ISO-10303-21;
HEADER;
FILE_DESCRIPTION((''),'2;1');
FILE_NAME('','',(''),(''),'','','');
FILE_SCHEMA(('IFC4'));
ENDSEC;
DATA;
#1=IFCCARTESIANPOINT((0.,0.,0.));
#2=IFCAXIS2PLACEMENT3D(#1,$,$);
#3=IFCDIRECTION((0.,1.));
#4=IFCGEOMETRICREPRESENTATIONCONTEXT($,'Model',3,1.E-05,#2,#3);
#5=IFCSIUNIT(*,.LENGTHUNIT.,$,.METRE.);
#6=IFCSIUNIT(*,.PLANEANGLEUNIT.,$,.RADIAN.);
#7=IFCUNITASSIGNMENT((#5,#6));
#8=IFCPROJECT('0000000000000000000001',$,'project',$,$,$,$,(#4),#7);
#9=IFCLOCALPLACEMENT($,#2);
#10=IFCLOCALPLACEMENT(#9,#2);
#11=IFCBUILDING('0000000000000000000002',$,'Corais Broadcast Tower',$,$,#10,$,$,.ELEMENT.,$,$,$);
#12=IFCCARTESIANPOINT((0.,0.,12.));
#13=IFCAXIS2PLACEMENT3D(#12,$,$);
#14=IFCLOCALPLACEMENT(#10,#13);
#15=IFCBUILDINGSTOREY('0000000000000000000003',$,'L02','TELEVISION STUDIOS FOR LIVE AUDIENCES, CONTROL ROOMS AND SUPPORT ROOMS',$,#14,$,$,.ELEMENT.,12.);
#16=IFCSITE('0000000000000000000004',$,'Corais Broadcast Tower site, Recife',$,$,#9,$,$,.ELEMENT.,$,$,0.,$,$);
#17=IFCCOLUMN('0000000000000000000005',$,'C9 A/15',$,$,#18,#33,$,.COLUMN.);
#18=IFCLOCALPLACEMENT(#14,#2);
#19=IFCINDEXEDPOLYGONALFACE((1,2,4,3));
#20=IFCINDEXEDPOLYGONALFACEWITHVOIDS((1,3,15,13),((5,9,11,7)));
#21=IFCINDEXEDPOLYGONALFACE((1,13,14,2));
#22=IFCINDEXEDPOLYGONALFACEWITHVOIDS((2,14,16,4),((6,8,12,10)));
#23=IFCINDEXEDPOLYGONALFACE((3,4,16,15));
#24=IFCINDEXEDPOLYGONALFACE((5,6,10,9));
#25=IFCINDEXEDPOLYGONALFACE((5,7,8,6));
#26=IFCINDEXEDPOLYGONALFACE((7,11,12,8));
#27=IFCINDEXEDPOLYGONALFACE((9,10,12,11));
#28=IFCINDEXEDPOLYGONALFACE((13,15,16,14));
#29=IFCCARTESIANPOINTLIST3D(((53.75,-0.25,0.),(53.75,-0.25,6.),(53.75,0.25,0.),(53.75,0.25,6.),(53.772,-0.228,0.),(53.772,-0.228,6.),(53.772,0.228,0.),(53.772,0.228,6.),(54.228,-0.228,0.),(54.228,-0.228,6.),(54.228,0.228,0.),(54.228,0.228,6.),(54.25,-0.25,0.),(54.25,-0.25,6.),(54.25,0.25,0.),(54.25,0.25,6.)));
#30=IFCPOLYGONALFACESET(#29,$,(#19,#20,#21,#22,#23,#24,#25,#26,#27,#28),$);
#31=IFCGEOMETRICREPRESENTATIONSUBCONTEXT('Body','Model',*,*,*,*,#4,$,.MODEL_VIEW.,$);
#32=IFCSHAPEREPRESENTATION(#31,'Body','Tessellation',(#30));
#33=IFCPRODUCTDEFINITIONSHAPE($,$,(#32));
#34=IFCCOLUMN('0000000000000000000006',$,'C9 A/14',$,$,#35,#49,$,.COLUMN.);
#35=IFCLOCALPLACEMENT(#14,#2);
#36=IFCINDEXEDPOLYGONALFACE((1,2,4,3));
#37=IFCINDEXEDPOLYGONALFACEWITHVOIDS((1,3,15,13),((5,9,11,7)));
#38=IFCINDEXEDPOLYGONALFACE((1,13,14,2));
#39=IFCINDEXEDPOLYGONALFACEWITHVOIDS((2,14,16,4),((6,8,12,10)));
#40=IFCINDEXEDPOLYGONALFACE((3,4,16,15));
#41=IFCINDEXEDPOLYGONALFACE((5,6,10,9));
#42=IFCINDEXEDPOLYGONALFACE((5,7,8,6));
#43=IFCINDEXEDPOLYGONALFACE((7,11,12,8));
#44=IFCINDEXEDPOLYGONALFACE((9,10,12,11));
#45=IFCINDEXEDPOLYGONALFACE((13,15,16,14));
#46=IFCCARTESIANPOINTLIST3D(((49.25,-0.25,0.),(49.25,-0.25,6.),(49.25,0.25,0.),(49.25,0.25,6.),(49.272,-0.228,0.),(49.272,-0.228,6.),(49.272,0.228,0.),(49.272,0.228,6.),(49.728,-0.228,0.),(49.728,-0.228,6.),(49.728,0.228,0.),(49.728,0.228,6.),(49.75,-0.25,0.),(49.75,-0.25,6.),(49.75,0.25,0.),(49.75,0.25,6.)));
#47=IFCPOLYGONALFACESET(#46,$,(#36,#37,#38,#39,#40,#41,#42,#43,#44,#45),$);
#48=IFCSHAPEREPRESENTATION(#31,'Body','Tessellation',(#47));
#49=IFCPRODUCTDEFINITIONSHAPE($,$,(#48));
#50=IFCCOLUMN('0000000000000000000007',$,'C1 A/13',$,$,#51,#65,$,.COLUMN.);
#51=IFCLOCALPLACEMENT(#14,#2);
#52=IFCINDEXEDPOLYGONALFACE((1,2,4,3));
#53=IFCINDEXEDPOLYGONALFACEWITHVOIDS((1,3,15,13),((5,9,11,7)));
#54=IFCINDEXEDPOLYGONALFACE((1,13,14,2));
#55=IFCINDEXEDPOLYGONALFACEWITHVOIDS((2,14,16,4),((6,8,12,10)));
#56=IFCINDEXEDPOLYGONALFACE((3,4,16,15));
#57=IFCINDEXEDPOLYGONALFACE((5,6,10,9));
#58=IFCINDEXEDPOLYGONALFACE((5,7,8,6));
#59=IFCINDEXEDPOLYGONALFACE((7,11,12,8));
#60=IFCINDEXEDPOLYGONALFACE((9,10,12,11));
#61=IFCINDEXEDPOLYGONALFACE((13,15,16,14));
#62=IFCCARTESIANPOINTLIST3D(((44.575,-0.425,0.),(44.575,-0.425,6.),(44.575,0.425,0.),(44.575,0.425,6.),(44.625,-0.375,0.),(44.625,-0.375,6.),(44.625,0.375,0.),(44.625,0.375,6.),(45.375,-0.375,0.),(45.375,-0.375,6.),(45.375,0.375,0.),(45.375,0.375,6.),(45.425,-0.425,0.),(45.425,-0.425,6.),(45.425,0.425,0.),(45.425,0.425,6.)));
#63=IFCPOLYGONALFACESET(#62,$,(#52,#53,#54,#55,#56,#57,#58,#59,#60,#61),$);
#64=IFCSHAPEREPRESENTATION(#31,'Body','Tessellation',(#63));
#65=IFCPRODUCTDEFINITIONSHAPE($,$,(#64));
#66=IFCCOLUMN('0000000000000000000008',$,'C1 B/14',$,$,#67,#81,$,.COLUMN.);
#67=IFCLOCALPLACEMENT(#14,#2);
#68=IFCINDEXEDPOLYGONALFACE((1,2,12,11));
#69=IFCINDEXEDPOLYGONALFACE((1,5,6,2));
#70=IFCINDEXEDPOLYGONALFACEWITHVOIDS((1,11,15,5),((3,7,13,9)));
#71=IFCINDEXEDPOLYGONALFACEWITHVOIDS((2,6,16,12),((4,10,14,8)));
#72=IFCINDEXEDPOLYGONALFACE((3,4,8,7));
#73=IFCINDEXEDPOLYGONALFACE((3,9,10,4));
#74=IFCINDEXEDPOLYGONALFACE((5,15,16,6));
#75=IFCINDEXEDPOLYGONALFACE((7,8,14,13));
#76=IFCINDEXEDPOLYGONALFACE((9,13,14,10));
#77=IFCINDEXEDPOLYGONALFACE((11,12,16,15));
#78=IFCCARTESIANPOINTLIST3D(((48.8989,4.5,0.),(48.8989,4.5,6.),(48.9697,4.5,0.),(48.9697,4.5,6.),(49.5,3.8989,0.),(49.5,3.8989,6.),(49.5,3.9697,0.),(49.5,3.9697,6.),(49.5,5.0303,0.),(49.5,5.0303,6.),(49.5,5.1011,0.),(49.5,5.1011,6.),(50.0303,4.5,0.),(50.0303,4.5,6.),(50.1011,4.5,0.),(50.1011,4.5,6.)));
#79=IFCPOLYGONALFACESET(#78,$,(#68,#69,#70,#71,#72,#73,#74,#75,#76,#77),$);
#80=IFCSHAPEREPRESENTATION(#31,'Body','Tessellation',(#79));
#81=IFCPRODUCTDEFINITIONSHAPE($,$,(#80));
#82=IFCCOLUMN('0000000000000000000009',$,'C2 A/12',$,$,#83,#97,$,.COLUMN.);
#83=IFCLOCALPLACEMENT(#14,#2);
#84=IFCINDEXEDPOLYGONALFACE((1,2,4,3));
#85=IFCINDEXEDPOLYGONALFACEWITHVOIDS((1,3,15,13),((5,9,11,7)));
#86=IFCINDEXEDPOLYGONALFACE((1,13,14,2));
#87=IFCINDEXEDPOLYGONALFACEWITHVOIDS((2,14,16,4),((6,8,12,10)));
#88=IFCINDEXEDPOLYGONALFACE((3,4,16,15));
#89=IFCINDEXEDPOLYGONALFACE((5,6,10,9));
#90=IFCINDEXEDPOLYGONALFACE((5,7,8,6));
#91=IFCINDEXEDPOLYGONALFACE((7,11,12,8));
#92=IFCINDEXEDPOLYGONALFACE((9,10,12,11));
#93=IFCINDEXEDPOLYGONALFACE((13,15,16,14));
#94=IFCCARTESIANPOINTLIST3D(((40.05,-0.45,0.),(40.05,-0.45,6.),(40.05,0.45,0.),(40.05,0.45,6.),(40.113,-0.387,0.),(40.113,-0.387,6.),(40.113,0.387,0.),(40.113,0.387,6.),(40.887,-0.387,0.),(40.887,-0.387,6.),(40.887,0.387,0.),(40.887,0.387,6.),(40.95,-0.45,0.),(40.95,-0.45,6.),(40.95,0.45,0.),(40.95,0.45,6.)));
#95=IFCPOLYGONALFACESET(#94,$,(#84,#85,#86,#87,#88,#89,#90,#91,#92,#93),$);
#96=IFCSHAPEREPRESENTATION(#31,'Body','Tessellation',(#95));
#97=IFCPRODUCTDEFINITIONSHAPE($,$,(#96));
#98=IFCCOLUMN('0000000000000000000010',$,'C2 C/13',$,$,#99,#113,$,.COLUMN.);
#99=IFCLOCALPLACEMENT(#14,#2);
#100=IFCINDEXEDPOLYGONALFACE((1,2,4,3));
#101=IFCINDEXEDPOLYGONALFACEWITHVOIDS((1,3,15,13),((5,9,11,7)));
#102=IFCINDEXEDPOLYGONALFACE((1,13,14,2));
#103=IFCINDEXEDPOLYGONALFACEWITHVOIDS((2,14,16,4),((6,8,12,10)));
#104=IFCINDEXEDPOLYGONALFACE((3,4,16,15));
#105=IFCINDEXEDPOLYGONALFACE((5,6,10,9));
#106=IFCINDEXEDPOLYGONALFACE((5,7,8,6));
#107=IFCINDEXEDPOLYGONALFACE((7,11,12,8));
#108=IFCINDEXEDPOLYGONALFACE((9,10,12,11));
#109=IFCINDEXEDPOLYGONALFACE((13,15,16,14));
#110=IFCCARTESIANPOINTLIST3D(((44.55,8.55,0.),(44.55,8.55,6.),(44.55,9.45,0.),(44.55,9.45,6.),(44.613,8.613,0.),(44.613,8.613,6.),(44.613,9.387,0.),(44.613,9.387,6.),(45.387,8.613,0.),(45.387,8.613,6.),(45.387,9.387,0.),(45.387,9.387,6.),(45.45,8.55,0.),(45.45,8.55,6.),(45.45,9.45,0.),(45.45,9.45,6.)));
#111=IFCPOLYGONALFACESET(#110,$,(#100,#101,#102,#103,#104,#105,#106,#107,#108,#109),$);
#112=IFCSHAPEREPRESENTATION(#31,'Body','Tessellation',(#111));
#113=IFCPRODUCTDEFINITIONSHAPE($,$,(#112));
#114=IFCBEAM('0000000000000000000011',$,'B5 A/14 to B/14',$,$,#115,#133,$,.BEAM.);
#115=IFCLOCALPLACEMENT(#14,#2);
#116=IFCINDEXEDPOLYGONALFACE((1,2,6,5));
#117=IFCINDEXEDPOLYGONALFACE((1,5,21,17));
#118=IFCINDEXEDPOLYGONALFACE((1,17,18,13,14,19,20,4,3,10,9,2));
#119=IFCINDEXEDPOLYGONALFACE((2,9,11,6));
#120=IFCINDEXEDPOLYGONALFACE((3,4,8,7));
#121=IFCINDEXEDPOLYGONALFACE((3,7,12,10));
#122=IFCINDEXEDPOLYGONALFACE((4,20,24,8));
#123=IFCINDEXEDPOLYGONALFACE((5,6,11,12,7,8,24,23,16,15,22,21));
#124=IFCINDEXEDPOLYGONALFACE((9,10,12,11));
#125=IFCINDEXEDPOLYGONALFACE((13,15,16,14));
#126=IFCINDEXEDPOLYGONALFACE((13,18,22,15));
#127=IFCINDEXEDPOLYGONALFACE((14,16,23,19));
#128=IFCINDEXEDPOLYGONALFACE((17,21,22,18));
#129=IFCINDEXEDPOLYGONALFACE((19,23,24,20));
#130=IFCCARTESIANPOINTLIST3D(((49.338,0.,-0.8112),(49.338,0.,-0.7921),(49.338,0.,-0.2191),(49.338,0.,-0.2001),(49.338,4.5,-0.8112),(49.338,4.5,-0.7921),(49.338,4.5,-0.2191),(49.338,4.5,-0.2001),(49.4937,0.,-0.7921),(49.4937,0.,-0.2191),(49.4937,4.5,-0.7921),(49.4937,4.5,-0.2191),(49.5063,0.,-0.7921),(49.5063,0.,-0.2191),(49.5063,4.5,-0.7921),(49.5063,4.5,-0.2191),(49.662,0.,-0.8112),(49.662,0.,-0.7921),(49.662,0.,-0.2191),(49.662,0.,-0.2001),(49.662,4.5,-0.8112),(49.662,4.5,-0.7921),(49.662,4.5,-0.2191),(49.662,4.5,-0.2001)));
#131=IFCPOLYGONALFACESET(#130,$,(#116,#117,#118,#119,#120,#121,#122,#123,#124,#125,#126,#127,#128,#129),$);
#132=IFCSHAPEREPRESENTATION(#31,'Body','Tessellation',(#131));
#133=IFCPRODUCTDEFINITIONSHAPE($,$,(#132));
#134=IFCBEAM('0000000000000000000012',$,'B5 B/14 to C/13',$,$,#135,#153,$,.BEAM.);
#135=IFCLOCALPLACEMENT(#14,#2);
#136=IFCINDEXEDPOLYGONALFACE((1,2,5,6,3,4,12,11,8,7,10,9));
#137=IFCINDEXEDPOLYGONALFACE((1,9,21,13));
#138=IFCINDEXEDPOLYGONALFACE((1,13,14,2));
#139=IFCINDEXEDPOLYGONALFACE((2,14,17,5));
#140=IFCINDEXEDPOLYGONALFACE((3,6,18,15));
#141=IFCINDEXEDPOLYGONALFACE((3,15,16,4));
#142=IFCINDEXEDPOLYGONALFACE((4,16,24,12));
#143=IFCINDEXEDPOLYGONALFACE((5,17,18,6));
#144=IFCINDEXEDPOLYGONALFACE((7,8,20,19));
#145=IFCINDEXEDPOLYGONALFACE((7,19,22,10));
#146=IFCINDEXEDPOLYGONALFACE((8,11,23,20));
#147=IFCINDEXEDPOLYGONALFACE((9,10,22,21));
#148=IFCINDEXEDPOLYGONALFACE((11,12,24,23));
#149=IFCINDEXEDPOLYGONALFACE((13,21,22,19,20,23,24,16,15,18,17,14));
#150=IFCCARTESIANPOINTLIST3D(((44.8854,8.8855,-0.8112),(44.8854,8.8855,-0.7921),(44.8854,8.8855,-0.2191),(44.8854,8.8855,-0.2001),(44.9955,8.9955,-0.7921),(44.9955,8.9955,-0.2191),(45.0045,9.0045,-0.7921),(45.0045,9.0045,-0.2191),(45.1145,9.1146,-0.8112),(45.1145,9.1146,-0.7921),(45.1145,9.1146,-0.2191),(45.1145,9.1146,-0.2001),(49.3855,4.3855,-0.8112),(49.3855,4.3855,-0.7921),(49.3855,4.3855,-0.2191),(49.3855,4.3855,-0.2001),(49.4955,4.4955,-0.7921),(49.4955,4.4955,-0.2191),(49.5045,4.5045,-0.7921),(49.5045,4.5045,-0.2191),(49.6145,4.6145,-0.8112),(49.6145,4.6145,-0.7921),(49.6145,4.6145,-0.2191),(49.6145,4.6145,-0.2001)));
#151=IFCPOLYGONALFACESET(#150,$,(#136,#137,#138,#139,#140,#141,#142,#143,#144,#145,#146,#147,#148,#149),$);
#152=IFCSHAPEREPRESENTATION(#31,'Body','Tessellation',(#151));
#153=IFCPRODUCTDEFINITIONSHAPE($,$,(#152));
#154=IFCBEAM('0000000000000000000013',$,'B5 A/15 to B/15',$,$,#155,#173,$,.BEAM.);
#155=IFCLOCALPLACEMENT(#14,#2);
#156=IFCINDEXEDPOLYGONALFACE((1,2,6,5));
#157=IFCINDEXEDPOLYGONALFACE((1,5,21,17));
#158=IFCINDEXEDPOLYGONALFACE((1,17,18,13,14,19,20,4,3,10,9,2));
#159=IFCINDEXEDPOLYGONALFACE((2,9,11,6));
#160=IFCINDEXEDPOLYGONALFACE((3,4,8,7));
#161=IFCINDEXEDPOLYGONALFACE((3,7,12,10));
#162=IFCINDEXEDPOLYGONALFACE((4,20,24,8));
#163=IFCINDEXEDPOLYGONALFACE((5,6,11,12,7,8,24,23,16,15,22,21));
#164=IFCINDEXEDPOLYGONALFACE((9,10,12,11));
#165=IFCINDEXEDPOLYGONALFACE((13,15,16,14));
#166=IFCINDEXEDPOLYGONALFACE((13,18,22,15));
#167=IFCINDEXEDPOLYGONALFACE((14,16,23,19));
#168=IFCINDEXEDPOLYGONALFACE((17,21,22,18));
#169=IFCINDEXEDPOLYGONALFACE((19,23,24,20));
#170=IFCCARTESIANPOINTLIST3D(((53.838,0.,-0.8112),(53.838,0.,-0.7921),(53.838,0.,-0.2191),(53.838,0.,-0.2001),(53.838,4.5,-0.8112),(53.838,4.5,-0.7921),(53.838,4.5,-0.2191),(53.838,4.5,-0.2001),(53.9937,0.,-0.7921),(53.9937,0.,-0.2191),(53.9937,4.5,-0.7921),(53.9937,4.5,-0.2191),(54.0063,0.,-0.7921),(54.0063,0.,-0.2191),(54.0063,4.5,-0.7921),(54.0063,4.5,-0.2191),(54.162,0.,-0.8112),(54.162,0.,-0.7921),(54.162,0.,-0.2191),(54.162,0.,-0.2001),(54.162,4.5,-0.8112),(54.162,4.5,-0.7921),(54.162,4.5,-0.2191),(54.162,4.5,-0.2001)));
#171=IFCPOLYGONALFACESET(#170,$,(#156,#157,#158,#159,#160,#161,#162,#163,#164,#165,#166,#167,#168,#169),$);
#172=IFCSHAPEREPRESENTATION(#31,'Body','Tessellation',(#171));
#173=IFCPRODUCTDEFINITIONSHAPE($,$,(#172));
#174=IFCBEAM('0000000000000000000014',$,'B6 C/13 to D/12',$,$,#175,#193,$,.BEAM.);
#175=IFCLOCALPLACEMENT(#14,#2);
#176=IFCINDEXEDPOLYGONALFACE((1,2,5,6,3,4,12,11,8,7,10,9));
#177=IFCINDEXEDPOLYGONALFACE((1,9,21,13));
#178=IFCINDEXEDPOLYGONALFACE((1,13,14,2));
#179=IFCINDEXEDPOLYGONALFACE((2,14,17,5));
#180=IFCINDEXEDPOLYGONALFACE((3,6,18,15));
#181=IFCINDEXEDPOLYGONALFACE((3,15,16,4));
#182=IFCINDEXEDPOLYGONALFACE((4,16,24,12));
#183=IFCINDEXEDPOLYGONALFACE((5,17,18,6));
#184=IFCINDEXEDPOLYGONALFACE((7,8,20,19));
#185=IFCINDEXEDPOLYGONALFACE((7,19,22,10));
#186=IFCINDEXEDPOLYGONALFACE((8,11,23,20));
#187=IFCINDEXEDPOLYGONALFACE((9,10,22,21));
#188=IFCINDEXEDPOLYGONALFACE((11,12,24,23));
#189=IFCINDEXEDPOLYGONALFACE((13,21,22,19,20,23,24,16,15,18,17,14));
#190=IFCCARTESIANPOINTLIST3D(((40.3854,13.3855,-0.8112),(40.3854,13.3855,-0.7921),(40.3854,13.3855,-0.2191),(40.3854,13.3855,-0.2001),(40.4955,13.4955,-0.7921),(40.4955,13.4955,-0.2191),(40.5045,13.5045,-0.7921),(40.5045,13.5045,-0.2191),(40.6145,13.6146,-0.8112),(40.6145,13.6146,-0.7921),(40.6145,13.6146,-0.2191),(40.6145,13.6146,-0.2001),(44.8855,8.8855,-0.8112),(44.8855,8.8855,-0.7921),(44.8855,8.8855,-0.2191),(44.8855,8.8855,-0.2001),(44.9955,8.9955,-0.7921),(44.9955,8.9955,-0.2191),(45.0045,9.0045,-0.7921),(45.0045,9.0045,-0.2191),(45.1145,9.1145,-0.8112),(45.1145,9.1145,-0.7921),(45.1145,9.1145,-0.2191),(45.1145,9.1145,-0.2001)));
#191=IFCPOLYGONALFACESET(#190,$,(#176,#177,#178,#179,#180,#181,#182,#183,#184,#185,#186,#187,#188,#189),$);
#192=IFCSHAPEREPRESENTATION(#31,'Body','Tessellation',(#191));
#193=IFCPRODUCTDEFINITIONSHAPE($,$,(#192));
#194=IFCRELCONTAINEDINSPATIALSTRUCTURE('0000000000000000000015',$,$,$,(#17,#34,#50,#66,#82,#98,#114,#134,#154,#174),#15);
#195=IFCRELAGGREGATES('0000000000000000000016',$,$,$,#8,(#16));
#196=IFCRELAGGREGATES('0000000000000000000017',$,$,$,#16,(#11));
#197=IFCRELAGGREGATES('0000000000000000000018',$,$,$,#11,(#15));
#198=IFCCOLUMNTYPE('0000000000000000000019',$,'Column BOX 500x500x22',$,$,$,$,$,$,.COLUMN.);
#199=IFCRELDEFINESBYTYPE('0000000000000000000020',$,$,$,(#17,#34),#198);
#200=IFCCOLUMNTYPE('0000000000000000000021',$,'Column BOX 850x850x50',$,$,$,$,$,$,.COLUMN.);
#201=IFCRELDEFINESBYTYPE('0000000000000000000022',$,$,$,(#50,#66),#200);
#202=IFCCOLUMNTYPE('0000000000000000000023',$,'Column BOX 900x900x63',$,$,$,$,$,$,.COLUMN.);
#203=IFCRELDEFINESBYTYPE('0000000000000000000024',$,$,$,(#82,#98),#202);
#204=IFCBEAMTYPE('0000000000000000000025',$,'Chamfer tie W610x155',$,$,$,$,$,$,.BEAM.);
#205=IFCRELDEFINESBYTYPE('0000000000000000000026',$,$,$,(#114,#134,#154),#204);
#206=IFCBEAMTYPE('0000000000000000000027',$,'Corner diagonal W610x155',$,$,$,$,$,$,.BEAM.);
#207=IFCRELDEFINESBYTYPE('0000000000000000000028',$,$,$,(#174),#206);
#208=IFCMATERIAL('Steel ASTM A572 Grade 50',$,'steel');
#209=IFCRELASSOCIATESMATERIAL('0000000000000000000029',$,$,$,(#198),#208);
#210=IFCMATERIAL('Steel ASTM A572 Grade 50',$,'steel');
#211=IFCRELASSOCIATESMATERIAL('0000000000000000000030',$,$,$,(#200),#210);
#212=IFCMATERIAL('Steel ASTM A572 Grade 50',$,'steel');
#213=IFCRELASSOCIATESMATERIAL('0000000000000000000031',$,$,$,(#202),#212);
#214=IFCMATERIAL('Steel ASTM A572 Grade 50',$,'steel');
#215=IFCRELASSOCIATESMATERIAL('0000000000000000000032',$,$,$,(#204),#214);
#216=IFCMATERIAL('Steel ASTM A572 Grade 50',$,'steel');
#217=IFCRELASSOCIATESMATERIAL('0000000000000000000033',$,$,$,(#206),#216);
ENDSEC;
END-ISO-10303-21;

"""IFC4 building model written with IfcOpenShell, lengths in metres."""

from ifc_helpers import new_model, si_unit, direction, frame, origin, origin_2d, place, context, subcontext, project, spatial, hollow_rectangle, i_section, extrude, material, material_profile, profile_set, type_object, element, save


model = new_model("IFC4")

# Units and contexts
model_context = context("Model", 3, precision=1e-05, world=origin(), true_north=direction((0.0, 1.0)))
body_context = subcontext(model_context, "Body", "Model", "MODEL_VIEW")
ifc_project = project(units=[si_unit("LENGTHUNIT", "METRE"), si_unit("PLANEANGLEUNIT", "RADIAN")], contexts=[model_context])

# Site, building, storey
site_placement = place(None, origin())
site = spatial("IfcSite", under=ifc_project, at=site_placement, Name="Corais Broadcast Tower site, Recife", CompositionType="ELEMENT", RefElevation=0.0)
building_placement = place(site_placement, origin())
building = spatial("IfcBuilding", under=site, at=building_placement, Name="Corais Broadcast Tower", CompositionType="ELEMENT")
storey_placement = place(building_placement, frame((0.0, 0.0, 12.0)))
storey = spatial("IfcBuildingStorey", under=building, at=storey_placement, Name="L02", Description="TELEVISION STUDIOS FOR LIVE AUDIENCES, CONTROL ROOMS AND SUPPORT ROOMS", CompositionType="ELEMENT", Elevation=12.0)

# Columns
ifc_material_1 = material(Name="Steel ASTM A572 Grade 50", Category="steel")
ifc_material_profile_1 = material_profile(ifc_material_1, hollow_rectangle(XDim=0.5, YDim=0.5, WallThickness=0.022, at=origin_2d()), Name="BOX 500x500x22")
ifc_profile_set_1 = profile_set([ifc_material_profile_1], Name="Steel ASTM A572 Grade 50")
column_type_1 = type_object("IfcColumnType", Name="Column BOX 500x500x22", PredefinedType="COLUMN", material=ifc_profile_set_1)
for number, where, z_axis, x_axis, name in (
    (1, (54.0, 0.0, 0.0), (0.0, 0.0, 1.0), (1.0, 0.0, 0.0), "C9 A/15"),
    (2, (49.5, 0.0, 0.0), (0.0, 0.0, 1.0), (1.0, 0.0, 0.0), "C9 A/14"),
):
    element("IfcColumn", number, at=place(storey_placement, frame(where, z_axis=z_axis, x_axis=x_axis)), inside=storey, type_object=column_type_1, Name=name, PredefinedType="COLUMN", context=body_context, shape_type="SweptSolid", body=[
        extrude(hollow_rectangle(XDim=0.5, YDim=0.5, WallThickness=0.022, at=origin_2d()), origin(), (0.0, 0.0, 1.0), 6.0),
    ])
ifc_material_2 = material(Name="Steel ASTM A572 Grade 50", Category="steel")
ifc_material_profile_2 = material_profile(ifc_material_2, hollow_rectangle(XDim=0.8501, YDim=0.8501, WallThickness=0.05, at=origin_2d()), Name="BOX 850x850x50")
ifc_profile_set_2 = profile_set([ifc_material_profile_2], Name="Steel ASTM A572 Grade 50")
column_type_2 = type_object("IfcColumnType", Name="Column BOX 850x850x50", PredefinedType="COLUMN", material=ifc_profile_set_2)
for number, where, z_axis, x_axis, name in (
    (3, (45.0, 0.0, 0.0), (0.0, 0.0, 1.0), (1.0, 0.0, 0.0), "C1 A/13"),
    (4, (49.5, 4.5, 0.0), (0.0, 0.0, 1.0), (0.707107, 0.707107, 0.0), "C1 B/14"),
):
    element("IfcColumn", number, at=place(storey_placement, frame(where, z_axis=z_axis, x_axis=x_axis)), inside=storey, type_object=column_type_2, Name=name, PredefinedType="COLUMN", context=body_context, shape_type="SweptSolid", body=[
        extrude(hollow_rectangle(XDim=0.8501, YDim=0.8501, WallThickness=0.05, at=origin_2d()), origin(), (0.0, 0.0, 1.0), 6.0),
    ])
ifc_material_3 = material(Name="Steel ASTM A572 Grade 50", Category="steel")
ifc_material_profile_3 = material_profile(ifc_material_3, hollow_rectangle(XDim=0.8999, YDim=0.8999, WallThickness=0.063, at=origin_2d()), Name="BOX 900x900x63")
ifc_profile_set_3 = profile_set([ifc_material_profile_3], Name="Steel ASTM A572 Grade 50")
column_type_3 = type_object("IfcColumnType", Name="Column BOX 900x900x63", PredefinedType="COLUMN", material=ifc_profile_set_3)
for number, where, z_axis, x_axis, name in (
    (5, (40.5, 0.0, 0.0), (0.0, 0.0, 1.0), (1.0, 0.0, 0.0), "C2 A/12"),
    (6, (45.0, 9.0, 0.0), (0.0, 0.0, 1.0), (1.0, 0.0, 0.0), "C2 C/13"),
):
    element("IfcColumn", number, at=place(storey_placement, frame(where, z_axis=z_axis, x_axis=x_axis)), inside=storey, type_object=column_type_3, Name=name, PredefinedType="COLUMN", context=body_context, shape_type="SweptSolid", body=[
        extrude(hollow_rectangle(XDim=0.8999, YDim=0.8999, WallThickness=0.063, at=origin_2d()), origin(), (0.0, 0.0, 1.0), 6.0),
    ])

# Beams
ifc_material_4 = material(Name="Steel ASTM A572 Grade 50", Category="steel")
ifc_material_profile_4 = material_profile(ifc_material_4, i_section(OverallWidth=0.324, OverallDepth=0.6111, WebThickness=0.0127, FlangeThickness=0.019, at=origin_2d()), Name="W610x155")
ifc_profile_set_4 = profile_set([ifc_material_profile_4], Name="Steel ASTM A572 Grade 50")
beam_type_1 = type_object("IfcBeamType", Name="Chamfer tie W610x155", PredefinedType="BEAM", material=ifc_profile_set_4)
beam_1_placement = place(storey_placement, frame((49.5, 0.0, -0.5056), z_axis=(0.0, 1.0, 0.0), x_axis=(-1.0, 0.0, 0.0)))
element("IfcBeam", 7, at=beam_1_placement, inside=storey, type_object=beam_type_1, Name="B5 A/14 to B/14", PredefinedType="BEAM", context=body_context, shape_type="SweptSolid", body=[
    extrude(i_section(OverallWidth=0.324, OverallDepth=0.6111, WebThickness=0.0127, FlangeThickness=0.019, at=origin_2d()), origin(), (0.0, 0.0, 1.0), 4.5),
])
beam_2_placement = place(storey_placement, frame((49.5, 4.5, -0.5056), z_axis=(-0.707107, 0.707107, 0.0), x_axis=(-0.707107, -0.707107, 0.0)))
element("IfcBeam", 8, at=beam_2_placement, inside=storey, type_object=beam_type_1, Name="B5 B/14 to C/13", PredefinedType="BEAM", context=body_context, shape_type="SweptSolid", body=[
    extrude(i_section(OverallWidth=0.324, OverallDepth=0.6111, WebThickness=0.0127, FlangeThickness=0.019, at=origin_2d()), origin(), (0.0, 0.0, 1.0), 6.364),
])
beam_3_placement = place(storey_placement, frame((54.0, 0.0, -0.5056), z_axis=(0.0, 1.0, 0.0), x_axis=(-1.0, 0.0, 0.0)))
element("IfcBeam", 9, at=beam_3_placement, inside=storey, type_object=beam_type_1, Name="B5 A/15 to B/15", PredefinedType="BEAM", context=body_context, shape_type="SweptSolid", body=[
    extrude(i_section(OverallWidth=0.324, OverallDepth=0.6111, WebThickness=0.0127, FlangeThickness=0.019, at=origin_2d()), origin(), (0.0, 0.0, 1.0), 4.5),
])
ifc_material_5 = material(Name="Steel ASTM A572 Grade 50", Category="steel")
ifc_material_profile_5 = material_profile(ifc_material_5, i_section(OverallWidth=0.324, OverallDepth=0.6111, WebThickness=0.0127, FlangeThickness=0.019, at=origin_2d()), Name="W610x155")
ifc_profile_set_5 = profile_set([ifc_material_profile_5], Name="Steel ASTM A572 Grade 50")
beam_type_2 = type_object("IfcBeamType", Name="Corner diagonal W610x155", PredefinedType="BEAM", material=ifc_profile_set_5)
beam_4_placement = place(storey_placement, frame((45.0, 9.0, -0.5056), z_axis=(-0.707107, 0.707107, 0.0), x_axis=(-0.707107, -0.707107, 0.0)))
element("IfcBeam", 10, at=beam_4_placement, inside=storey, type_object=beam_type_2, Name="B6 C/13 to D/12", PredefinedType="BEAM", context=body_context, shape_type="SweptSolid", body=[
    extrude(i_section(OverallWidth=0.324, OverallDepth=0.6111, WebThickness=0.0127, FlangeThickness=0.019, at=origin_2d()), origin(), (0.0, 0.0, 1.0), 6.364),
])

save(model, "model.ifc")
